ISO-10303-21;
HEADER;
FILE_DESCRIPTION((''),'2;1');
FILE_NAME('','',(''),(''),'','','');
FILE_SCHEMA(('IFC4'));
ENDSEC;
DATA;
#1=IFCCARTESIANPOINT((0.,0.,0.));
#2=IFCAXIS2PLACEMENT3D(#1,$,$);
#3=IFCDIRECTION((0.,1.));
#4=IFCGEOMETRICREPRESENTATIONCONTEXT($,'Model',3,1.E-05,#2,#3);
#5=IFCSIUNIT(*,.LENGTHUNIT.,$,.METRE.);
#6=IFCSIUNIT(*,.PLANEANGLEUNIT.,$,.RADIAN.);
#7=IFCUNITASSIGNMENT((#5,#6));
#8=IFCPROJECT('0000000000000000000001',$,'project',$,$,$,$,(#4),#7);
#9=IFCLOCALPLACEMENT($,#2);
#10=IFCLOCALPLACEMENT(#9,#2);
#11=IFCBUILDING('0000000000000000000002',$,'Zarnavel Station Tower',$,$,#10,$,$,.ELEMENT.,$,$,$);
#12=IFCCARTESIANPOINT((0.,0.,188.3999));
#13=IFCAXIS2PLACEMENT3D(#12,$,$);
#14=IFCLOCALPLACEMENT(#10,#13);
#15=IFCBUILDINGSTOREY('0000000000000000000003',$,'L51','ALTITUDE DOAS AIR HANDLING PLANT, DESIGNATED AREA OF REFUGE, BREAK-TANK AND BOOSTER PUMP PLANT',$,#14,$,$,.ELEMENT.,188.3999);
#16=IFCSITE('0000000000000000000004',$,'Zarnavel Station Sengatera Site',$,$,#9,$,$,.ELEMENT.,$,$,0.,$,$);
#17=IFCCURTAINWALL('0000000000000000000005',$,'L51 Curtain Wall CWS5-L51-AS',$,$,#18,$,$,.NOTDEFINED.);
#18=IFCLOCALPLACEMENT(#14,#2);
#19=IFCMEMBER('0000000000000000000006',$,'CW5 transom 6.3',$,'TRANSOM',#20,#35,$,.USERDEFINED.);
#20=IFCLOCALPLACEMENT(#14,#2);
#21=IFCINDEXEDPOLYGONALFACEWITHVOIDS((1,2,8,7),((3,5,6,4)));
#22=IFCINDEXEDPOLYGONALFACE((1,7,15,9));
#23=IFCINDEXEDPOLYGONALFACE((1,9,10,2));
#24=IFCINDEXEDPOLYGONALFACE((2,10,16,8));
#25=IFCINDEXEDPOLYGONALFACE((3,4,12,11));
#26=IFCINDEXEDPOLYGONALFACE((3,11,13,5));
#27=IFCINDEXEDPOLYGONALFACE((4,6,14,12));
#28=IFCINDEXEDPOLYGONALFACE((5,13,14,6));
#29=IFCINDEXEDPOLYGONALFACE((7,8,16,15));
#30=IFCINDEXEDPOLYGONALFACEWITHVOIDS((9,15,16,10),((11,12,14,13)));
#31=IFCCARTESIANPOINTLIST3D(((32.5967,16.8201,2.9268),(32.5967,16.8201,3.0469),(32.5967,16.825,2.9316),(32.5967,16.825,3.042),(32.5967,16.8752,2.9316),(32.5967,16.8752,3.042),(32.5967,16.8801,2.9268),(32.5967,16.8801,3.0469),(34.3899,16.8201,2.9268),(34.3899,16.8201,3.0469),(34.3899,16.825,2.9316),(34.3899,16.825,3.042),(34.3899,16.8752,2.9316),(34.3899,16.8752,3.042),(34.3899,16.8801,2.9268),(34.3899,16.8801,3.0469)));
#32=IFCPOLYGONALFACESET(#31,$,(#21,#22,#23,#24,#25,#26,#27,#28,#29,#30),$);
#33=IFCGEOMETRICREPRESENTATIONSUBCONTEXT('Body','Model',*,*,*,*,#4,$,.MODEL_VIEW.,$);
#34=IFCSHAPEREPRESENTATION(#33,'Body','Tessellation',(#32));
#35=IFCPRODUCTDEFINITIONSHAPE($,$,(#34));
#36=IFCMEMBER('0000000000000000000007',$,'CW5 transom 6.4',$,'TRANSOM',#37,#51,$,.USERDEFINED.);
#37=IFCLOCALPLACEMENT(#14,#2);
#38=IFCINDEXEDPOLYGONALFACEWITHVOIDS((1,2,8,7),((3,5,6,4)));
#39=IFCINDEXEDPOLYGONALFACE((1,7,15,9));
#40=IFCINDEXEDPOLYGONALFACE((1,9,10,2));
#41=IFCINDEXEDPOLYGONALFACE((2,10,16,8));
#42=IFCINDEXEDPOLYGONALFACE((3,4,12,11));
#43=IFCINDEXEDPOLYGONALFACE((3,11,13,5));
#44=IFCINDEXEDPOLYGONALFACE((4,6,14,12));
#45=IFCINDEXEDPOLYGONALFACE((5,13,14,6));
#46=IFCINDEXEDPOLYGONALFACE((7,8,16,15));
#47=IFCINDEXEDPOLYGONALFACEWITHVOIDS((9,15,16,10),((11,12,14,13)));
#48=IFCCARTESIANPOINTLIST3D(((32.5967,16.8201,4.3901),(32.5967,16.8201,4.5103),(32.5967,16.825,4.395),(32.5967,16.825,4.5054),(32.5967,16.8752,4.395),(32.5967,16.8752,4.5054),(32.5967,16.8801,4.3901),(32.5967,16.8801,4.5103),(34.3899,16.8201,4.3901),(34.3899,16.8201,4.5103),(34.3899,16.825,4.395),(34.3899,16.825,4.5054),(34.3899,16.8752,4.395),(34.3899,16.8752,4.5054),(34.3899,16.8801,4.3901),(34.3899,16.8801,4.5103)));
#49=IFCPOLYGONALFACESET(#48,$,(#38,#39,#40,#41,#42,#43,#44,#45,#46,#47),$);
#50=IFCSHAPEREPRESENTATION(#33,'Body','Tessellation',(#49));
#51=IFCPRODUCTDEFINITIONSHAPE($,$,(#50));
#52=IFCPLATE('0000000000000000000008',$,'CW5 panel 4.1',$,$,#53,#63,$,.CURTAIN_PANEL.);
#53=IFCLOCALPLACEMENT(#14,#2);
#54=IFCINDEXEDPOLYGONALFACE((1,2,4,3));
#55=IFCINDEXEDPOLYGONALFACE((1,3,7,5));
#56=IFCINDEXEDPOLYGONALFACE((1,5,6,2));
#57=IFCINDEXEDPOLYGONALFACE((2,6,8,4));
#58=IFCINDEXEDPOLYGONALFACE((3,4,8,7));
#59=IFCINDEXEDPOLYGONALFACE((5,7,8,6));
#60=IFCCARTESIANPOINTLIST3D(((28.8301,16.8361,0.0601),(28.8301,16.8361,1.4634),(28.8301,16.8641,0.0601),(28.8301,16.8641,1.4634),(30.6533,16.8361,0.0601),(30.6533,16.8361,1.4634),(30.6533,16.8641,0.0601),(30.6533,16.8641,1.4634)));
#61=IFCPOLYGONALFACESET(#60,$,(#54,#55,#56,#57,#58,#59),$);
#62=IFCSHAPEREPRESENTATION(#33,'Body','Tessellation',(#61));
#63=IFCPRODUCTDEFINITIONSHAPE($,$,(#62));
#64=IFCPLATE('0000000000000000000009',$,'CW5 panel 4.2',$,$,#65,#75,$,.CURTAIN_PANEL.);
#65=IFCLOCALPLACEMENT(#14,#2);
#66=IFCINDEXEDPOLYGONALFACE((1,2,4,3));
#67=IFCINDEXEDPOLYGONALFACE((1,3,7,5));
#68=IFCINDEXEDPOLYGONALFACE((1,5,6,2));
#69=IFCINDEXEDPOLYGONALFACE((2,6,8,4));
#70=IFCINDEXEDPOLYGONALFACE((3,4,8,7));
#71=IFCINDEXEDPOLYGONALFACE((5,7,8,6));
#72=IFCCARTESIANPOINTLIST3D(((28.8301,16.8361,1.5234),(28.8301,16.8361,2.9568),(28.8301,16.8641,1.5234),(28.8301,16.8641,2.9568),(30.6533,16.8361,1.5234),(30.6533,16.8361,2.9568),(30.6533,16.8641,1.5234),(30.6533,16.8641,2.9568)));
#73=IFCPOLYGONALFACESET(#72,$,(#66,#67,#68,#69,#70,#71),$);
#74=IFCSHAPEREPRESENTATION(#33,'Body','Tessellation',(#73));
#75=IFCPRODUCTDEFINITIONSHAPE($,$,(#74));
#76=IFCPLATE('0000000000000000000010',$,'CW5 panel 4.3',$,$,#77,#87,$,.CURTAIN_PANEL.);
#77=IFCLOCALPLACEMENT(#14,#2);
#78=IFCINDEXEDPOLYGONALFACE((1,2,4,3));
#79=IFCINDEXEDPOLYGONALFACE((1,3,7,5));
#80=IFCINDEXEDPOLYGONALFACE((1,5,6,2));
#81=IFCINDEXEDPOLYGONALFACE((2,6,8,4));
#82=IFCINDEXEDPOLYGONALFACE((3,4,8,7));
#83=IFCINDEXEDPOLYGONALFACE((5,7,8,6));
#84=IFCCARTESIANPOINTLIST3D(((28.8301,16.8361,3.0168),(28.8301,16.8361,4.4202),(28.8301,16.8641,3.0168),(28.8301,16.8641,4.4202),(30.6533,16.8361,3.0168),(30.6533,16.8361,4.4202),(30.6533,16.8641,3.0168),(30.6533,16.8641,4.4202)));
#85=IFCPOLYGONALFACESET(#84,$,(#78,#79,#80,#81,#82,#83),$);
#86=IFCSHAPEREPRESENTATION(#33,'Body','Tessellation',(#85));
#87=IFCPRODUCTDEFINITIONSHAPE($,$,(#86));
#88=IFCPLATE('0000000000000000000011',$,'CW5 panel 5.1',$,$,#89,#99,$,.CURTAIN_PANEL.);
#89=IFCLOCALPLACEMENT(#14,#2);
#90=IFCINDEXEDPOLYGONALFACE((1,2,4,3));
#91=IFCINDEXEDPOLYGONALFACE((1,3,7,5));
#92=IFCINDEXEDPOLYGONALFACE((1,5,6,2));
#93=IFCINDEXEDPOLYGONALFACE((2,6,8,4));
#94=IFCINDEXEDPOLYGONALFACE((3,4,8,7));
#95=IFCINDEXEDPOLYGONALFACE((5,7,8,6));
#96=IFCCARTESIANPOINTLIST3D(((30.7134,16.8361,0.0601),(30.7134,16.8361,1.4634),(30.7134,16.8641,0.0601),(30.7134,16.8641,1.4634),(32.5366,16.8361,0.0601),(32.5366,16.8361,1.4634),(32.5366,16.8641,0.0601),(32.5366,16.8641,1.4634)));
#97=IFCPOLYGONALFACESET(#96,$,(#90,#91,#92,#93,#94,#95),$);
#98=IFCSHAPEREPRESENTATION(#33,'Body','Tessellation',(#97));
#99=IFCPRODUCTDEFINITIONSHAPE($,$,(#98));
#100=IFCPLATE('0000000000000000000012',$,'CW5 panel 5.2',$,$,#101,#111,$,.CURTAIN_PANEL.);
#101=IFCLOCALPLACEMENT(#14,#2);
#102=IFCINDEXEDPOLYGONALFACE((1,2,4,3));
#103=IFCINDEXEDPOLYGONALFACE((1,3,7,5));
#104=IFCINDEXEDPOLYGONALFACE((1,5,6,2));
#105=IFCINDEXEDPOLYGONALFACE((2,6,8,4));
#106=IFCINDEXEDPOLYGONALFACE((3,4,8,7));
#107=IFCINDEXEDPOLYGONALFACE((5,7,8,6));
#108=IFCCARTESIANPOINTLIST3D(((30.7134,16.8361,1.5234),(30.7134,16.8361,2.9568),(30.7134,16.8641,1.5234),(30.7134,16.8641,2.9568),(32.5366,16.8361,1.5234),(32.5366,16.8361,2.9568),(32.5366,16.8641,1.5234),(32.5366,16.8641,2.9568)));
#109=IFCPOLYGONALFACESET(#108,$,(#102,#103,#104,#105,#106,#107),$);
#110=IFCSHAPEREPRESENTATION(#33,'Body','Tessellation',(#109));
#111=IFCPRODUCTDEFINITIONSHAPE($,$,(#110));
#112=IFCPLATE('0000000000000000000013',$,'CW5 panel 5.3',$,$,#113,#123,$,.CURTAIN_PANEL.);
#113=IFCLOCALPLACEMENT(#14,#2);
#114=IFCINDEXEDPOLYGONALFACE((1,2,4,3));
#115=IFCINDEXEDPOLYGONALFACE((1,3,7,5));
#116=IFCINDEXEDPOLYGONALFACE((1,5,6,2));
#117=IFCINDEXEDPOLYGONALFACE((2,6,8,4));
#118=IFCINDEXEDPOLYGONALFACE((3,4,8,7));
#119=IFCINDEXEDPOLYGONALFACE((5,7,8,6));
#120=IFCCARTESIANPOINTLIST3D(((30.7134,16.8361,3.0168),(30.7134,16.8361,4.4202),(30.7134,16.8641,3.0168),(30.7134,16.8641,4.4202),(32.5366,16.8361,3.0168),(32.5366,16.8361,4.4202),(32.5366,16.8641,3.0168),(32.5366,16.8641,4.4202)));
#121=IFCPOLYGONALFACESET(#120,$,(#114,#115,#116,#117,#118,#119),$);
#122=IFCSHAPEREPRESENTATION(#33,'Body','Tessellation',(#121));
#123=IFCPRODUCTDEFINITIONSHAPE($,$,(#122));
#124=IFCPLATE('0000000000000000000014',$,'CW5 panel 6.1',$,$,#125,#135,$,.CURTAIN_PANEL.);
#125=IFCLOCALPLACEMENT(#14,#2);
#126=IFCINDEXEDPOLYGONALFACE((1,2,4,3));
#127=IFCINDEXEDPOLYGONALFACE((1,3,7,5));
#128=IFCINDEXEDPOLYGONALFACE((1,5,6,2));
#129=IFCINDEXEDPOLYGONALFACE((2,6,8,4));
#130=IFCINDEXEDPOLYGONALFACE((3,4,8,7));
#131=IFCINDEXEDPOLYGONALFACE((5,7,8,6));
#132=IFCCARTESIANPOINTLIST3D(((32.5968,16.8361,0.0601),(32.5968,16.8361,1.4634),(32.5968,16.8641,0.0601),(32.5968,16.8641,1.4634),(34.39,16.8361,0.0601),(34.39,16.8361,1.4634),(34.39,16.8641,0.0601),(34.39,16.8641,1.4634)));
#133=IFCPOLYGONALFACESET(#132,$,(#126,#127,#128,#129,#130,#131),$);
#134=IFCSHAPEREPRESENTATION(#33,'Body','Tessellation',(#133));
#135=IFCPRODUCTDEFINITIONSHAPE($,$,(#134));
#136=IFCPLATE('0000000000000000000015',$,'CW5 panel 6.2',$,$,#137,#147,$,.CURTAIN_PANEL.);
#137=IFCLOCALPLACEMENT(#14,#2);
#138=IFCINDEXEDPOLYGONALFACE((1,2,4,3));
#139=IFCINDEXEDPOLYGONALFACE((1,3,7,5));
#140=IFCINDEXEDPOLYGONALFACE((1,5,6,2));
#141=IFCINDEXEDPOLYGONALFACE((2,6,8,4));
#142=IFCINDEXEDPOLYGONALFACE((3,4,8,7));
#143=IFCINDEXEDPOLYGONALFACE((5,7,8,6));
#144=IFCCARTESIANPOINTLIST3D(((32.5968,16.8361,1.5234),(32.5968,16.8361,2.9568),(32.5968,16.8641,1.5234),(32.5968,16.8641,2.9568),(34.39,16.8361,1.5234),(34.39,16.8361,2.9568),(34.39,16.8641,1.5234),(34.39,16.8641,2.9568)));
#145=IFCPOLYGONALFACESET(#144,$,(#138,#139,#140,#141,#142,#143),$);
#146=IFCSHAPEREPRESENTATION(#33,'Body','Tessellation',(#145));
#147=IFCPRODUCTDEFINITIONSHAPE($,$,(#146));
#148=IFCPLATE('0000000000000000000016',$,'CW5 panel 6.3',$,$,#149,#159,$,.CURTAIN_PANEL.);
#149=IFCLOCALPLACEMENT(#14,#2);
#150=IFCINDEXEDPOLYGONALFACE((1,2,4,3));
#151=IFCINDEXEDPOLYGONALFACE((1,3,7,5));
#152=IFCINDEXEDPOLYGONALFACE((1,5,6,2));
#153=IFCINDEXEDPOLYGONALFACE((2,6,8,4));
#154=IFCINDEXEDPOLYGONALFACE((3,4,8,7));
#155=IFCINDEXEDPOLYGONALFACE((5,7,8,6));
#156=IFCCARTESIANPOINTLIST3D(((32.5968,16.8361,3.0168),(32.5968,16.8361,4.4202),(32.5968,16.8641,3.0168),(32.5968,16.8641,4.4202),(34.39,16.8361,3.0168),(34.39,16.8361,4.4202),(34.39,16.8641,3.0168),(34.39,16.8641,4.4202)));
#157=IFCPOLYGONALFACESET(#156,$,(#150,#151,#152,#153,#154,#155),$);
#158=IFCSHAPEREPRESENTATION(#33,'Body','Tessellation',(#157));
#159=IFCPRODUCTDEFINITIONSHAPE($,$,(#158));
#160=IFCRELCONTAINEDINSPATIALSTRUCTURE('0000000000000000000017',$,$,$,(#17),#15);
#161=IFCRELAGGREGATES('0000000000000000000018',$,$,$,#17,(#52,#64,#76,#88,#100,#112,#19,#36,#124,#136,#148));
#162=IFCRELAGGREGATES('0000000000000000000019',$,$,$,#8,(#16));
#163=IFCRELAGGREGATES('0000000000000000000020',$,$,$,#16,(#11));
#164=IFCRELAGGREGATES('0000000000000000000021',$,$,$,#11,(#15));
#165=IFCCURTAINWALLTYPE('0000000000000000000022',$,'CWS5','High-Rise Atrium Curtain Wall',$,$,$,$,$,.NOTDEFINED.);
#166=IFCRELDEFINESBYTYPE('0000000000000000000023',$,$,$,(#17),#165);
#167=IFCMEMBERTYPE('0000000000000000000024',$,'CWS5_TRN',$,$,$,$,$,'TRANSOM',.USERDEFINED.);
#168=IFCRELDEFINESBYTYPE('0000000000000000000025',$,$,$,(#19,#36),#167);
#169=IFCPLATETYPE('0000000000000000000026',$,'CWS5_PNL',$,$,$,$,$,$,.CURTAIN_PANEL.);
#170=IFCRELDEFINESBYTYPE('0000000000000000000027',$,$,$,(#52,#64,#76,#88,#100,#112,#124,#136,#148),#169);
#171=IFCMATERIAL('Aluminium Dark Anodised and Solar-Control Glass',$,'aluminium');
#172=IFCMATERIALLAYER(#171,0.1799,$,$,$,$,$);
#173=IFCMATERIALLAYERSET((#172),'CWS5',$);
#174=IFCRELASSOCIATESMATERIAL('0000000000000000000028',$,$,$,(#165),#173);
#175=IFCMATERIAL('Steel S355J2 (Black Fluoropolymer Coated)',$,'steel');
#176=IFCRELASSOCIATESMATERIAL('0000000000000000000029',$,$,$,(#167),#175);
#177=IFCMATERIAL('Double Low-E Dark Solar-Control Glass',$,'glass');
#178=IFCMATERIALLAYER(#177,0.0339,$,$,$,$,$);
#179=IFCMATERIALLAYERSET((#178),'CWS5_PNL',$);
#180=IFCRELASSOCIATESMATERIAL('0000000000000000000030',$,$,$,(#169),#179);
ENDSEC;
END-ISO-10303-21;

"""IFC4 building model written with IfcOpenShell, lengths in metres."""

from ifc_helpers import new_model, si_unit, direction, frame, origin, origin_2d, place, context, subcontext, project, spatial, rectangle, hollow_rectangle, extrude, material, layer, layer_set, material_profile, profile_set, type_object, element, aggregate, save


model = new_model("IFC4")

# Units and contexts
model_context = context("Model", 3, precision=1e-05, world=origin(), true_north=direction((0.0, 1.0)))
body_context = subcontext(model_context, "Body", "Model", "MODEL_VIEW")
ifc_project = project(units=[si_unit("LENGTHUNIT", "METRE"), si_unit("PLANEANGLEUNIT", "RADIAN")], contexts=[model_context])

# Site, building, storey
site_placement = place(None, origin())
site = spatial("IfcSite", under=ifc_project, at=site_placement, Name="Zarnavel Station Sengatera Site", CompositionType="ELEMENT", RefElevation=0.0)
building_placement = place(site_placement, origin())
building = spatial("IfcBuilding", under=site, at=building_placement, Name="Zarnavel Station Tower", CompositionType="ELEMENT")
storey_placement = place(building_placement, frame((0.0, 0.0, 188.3999)))
storey = spatial("IfcBuildingStorey", under=building, at=storey_placement, Name="L51", Description="ALTITUDE DOAS AIR HANDLING PLANT, DESIGNATED AREA OF REFUGE, BREAK-TANK AND BOOSTER PUMP PLANT", CompositionType="ELEMENT", Elevation=188.3999)

# Curtain wall, members, plates
ifc_material_1 = material(Name="Aluminium Dark Anodised and Solar-Control Glass", Category="aluminium")
ifc_layer_1 = layer(ifc_material_1, 0.1799)
ifc_layer_set_1 = layer_set([ifc_layer_1], Name="CWS5")
curtain_wall_type = type_object("IfcCurtainWallType", Name="CWS5", Description="High-Rise Atrium Curtain Wall", PredefinedType="NOTDEFINED", material=ifc_layer_set_1)
curtain_wall_placement = place(storey_placement, origin())
curtain_wall = element("IfcCurtainWall", 1, at=curtain_wall_placement, inside=storey, type_object=curtain_wall_type, Name="L51 Curtain Wall CWS5-L51-AS", PredefinedType="NOTDEFINED")
ifc_material_2 = material(Name="Steel S355J2 (Black Fluoropolymer Coated)", Category="steel")
ifc_material_profile_1 = material_profile(ifc_material_2, hollow_rectangle(XDim=0.0601, YDim=0.1201, WallThickness=0.0049, at=origin_2d()), Name="RHS120x60x5")
ifc_profile_set_1 = profile_set([ifc_material_profile_1], Name="Steel S355J2 (Black Fluoropolymer Coated)")
member_type_1 = type_object("IfcMemberType", Name="CWS5_TRN", ElementType="TRANSOM", PredefinedType="USERDEFINED", material=ifc_profile_set_1)
member_1_placement = place(storey_placement, frame((32.5967, 16.8501, 2.9868), z_axis=(1.0, 0.0, 0.0), x_axis=(0.0, 1.0, 0.0)))
member_1 = element("IfcMember", 2, at=member_1_placement, type_object=member_type_1, Name="CW5 transom 6.3", ObjectType="TRANSOM", PredefinedType="USERDEFINED", context=body_context, shape_type="SweptSolid", body=[
    extrude(hollow_rectangle(XDim=0.0601, YDim=0.1201, WallThickness=0.0049, at=origin_2d()), origin(), (0.0, 0.0, 1.0), 1.7932),
])
member_2_placement = place(storey_placement, frame((32.5967, 16.8501, 4.4502), z_axis=(1.0, 0.0, 0.0), x_axis=(0.0, 1.0, 0.0)))
member_2 = element("IfcMember", 3, at=member_2_placement, type_object=member_type_1, Name="CW5 transom 6.4", ObjectType="TRANSOM", PredefinedType="USERDEFINED", context=body_context, shape_type="SweptSolid", body=[
    extrude(hollow_rectangle(XDim=0.0601, YDim=0.1201, WallThickness=0.0049, at=origin_2d()), origin(), (0.0, 0.0, 1.0), 1.7932),
])
ifc_material_3 = material(Name="Double Low-E Dark Solar-Control Glass", Category="glass")
ifc_layer_2 = layer(ifc_material_3, 0.0339)
ifc_layer_set_2 = layer_set([ifc_layer_2], Name="CWS5_PNL")
plate_type = type_object("IfcPlateType", Name="CWS5_PNL", PredefinedType="CURTAIN_PANEL", material=ifc_layer_set_2)
plate_1_placement = place(storey_placement, frame((29.7417, 16.8501, 0.0601), z_axis=(0.0, 0.0, 1.0), x_axis=(1.0, 0.0, 0.0)))
plate_1 = element("IfcPlate", 4, at=plate_1_placement, type_object=plate_type, Name="CW5 panel 4.1", PredefinedType="CURTAIN_PANEL", context=body_context, shape_type="SweptSolid", body=[
    extrude(rectangle(XDim=1.8232, YDim=0.0281, at=origin_2d()), origin(), (0.0, 0.0, 1.0), 1.4033),
])
plate_2_placement = place(storey_placement, frame((29.7417, 16.8501, 1.5234), z_axis=(0.0, 0.0, 1.0), x_axis=(1.0, 0.0, 0.0)))
plate_2 = element("IfcPlate", 5, at=plate_2_placement, type_object=plate_type, Name="CW5 panel 4.2", PredefinedType="CURTAIN_PANEL", context=body_context, shape_type="SweptSolid", body=[
    extrude(rectangle(XDim=1.8232, YDim=0.0281, at=origin_2d()), origin(), (0.0, 0.0, 1.0), 1.4333),
])
plate_3_placement = place(storey_placement, frame((29.7417, 16.8501, 3.0168), z_axis=(0.0, 0.0, 1.0), x_axis=(1.0, 0.0, 0.0)))
plate_3 = element("IfcPlate", 6, at=plate_3_placement, type_object=plate_type, Name="CW5 panel 4.3", PredefinedType="CURTAIN_PANEL", context=body_context, shape_type="SweptSolid", body=[
    extrude(rectangle(XDim=1.8232, YDim=0.0281, at=origin_2d()), origin(), (0.0, 0.0, 1.0), 1.4033),
])
plate_4_placement = place(storey_placement, frame((31.625, 16.8501, 0.0601), z_axis=(0.0, 0.0, 1.0), x_axis=(1.0, 0.0, 0.0)))
plate_4 = element("IfcPlate", 7, at=plate_4_placement, type_object=plate_type, Name="CW5 panel 5.1", PredefinedType="CURTAIN_PANEL", context=body_context, shape_type="SweptSolid", body=[
    extrude(rectangle(XDim=1.8232, YDim=0.0281, at=origin_2d()), origin(), (0.0, 0.0, 1.0), 1.4033),
])
plate_5_placement = place(storey_placement, frame((31.625, 16.8501, 1.5234), z_axis=(0.0, 0.0, 1.0), x_axis=(1.0, 0.0, 0.0)))
plate_5 = element("IfcPlate", 8, at=plate_5_placement, type_object=plate_type, Name="CW5 panel 5.2", PredefinedType="CURTAIN_PANEL", context=body_context, shape_type="SweptSolid", body=[
    extrude(rectangle(XDim=1.8232, YDim=0.0281, at=origin_2d()), origin(), (0.0, 0.0, 1.0), 1.4333),
])
plate_6_placement = place(storey_placement, frame((31.625, 16.8501, 3.0168), z_axis=(0.0, 0.0, 1.0), x_axis=(1.0, 0.0, 0.0)))
plate_6 = element("IfcPlate", 9, at=plate_6_placement, type_object=plate_type, Name="CW5 panel 5.3", PredefinedType="CURTAIN_PANEL", context=body_context, shape_type="SweptSolid", body=[
    extrude(rectangle(XDim=1.8232, YDim=0.0281, at=origin_2d()), origin(), (0.0, 0.0, 1.0), 1.4033),
])
plate_7_placement = place(storey_placement, frame((33.4934, 16.8501, 0.0601), z_axis=(0.0, 0.0, 1.0), x_axis=(1.0, 0.0, 0.0)))
plate_7 = element("IfcPlate", 10, at=plate_7_placement, type_object=plate_type, Name="CW5 panel 6.1", PredefinedType="CURTAIN_PANEL", context=body_context, shape_type="SweptSolid", body=[
    extrude(rectangle(XDim=1.7932, YDim=0.0281, at=origin_2d()), origin(), (0.0, 0.0, 1.0), 1.4033),
])
plate_8_placement = place(storey_placement, frame((33.4934, 16.8501, 1.5234), z_axis=(0.0, 0.0, 1.0), x_axis=(1.0, 0.0, 0.0)))
plate_8 = element("IfcPlate", 11, at=plate_8_placement, type_object=plate_type, Name="CW5 panel 6.2", PredefinedType="CURTAIN_PANEL", context=body_context, shape_type="SweptSolid", body=[
    extrude(rectangle(XDim=1.7932, YDim=0.0281, at=origin_2d()), origin(), (0.0, 0.0, 1.0), 1.4333),
])
plate_9_placement = place(storey_placement, frame((33.4934, 16.8501, 3.0168), z_axis=(0.0, 0.0, 1.0), x_axis=(1.0, 0.0, 0.0)))
plate_9 = element("IfcPlate", 12, at=plate_9_placement, type_object=plate_type, Name="CW5 panel 6.3", PredefinedType="CURTAIN_PANEL", context=body_context, shape_type="SweptSolid", body=[
    extrude(rectangle(XDim=1.7932, YDim=0.0281, at=origin_2d()), origin(), (0.0, 0.0, 1.0), 1.4033),
])
aggregate(curtain_wall, [plate_1, plate_2, plate_3, plate_4, plate_5, plate_6, member_1, member_2, plate_7, plate_8, plate_9])

save(model, "model.ifc")
